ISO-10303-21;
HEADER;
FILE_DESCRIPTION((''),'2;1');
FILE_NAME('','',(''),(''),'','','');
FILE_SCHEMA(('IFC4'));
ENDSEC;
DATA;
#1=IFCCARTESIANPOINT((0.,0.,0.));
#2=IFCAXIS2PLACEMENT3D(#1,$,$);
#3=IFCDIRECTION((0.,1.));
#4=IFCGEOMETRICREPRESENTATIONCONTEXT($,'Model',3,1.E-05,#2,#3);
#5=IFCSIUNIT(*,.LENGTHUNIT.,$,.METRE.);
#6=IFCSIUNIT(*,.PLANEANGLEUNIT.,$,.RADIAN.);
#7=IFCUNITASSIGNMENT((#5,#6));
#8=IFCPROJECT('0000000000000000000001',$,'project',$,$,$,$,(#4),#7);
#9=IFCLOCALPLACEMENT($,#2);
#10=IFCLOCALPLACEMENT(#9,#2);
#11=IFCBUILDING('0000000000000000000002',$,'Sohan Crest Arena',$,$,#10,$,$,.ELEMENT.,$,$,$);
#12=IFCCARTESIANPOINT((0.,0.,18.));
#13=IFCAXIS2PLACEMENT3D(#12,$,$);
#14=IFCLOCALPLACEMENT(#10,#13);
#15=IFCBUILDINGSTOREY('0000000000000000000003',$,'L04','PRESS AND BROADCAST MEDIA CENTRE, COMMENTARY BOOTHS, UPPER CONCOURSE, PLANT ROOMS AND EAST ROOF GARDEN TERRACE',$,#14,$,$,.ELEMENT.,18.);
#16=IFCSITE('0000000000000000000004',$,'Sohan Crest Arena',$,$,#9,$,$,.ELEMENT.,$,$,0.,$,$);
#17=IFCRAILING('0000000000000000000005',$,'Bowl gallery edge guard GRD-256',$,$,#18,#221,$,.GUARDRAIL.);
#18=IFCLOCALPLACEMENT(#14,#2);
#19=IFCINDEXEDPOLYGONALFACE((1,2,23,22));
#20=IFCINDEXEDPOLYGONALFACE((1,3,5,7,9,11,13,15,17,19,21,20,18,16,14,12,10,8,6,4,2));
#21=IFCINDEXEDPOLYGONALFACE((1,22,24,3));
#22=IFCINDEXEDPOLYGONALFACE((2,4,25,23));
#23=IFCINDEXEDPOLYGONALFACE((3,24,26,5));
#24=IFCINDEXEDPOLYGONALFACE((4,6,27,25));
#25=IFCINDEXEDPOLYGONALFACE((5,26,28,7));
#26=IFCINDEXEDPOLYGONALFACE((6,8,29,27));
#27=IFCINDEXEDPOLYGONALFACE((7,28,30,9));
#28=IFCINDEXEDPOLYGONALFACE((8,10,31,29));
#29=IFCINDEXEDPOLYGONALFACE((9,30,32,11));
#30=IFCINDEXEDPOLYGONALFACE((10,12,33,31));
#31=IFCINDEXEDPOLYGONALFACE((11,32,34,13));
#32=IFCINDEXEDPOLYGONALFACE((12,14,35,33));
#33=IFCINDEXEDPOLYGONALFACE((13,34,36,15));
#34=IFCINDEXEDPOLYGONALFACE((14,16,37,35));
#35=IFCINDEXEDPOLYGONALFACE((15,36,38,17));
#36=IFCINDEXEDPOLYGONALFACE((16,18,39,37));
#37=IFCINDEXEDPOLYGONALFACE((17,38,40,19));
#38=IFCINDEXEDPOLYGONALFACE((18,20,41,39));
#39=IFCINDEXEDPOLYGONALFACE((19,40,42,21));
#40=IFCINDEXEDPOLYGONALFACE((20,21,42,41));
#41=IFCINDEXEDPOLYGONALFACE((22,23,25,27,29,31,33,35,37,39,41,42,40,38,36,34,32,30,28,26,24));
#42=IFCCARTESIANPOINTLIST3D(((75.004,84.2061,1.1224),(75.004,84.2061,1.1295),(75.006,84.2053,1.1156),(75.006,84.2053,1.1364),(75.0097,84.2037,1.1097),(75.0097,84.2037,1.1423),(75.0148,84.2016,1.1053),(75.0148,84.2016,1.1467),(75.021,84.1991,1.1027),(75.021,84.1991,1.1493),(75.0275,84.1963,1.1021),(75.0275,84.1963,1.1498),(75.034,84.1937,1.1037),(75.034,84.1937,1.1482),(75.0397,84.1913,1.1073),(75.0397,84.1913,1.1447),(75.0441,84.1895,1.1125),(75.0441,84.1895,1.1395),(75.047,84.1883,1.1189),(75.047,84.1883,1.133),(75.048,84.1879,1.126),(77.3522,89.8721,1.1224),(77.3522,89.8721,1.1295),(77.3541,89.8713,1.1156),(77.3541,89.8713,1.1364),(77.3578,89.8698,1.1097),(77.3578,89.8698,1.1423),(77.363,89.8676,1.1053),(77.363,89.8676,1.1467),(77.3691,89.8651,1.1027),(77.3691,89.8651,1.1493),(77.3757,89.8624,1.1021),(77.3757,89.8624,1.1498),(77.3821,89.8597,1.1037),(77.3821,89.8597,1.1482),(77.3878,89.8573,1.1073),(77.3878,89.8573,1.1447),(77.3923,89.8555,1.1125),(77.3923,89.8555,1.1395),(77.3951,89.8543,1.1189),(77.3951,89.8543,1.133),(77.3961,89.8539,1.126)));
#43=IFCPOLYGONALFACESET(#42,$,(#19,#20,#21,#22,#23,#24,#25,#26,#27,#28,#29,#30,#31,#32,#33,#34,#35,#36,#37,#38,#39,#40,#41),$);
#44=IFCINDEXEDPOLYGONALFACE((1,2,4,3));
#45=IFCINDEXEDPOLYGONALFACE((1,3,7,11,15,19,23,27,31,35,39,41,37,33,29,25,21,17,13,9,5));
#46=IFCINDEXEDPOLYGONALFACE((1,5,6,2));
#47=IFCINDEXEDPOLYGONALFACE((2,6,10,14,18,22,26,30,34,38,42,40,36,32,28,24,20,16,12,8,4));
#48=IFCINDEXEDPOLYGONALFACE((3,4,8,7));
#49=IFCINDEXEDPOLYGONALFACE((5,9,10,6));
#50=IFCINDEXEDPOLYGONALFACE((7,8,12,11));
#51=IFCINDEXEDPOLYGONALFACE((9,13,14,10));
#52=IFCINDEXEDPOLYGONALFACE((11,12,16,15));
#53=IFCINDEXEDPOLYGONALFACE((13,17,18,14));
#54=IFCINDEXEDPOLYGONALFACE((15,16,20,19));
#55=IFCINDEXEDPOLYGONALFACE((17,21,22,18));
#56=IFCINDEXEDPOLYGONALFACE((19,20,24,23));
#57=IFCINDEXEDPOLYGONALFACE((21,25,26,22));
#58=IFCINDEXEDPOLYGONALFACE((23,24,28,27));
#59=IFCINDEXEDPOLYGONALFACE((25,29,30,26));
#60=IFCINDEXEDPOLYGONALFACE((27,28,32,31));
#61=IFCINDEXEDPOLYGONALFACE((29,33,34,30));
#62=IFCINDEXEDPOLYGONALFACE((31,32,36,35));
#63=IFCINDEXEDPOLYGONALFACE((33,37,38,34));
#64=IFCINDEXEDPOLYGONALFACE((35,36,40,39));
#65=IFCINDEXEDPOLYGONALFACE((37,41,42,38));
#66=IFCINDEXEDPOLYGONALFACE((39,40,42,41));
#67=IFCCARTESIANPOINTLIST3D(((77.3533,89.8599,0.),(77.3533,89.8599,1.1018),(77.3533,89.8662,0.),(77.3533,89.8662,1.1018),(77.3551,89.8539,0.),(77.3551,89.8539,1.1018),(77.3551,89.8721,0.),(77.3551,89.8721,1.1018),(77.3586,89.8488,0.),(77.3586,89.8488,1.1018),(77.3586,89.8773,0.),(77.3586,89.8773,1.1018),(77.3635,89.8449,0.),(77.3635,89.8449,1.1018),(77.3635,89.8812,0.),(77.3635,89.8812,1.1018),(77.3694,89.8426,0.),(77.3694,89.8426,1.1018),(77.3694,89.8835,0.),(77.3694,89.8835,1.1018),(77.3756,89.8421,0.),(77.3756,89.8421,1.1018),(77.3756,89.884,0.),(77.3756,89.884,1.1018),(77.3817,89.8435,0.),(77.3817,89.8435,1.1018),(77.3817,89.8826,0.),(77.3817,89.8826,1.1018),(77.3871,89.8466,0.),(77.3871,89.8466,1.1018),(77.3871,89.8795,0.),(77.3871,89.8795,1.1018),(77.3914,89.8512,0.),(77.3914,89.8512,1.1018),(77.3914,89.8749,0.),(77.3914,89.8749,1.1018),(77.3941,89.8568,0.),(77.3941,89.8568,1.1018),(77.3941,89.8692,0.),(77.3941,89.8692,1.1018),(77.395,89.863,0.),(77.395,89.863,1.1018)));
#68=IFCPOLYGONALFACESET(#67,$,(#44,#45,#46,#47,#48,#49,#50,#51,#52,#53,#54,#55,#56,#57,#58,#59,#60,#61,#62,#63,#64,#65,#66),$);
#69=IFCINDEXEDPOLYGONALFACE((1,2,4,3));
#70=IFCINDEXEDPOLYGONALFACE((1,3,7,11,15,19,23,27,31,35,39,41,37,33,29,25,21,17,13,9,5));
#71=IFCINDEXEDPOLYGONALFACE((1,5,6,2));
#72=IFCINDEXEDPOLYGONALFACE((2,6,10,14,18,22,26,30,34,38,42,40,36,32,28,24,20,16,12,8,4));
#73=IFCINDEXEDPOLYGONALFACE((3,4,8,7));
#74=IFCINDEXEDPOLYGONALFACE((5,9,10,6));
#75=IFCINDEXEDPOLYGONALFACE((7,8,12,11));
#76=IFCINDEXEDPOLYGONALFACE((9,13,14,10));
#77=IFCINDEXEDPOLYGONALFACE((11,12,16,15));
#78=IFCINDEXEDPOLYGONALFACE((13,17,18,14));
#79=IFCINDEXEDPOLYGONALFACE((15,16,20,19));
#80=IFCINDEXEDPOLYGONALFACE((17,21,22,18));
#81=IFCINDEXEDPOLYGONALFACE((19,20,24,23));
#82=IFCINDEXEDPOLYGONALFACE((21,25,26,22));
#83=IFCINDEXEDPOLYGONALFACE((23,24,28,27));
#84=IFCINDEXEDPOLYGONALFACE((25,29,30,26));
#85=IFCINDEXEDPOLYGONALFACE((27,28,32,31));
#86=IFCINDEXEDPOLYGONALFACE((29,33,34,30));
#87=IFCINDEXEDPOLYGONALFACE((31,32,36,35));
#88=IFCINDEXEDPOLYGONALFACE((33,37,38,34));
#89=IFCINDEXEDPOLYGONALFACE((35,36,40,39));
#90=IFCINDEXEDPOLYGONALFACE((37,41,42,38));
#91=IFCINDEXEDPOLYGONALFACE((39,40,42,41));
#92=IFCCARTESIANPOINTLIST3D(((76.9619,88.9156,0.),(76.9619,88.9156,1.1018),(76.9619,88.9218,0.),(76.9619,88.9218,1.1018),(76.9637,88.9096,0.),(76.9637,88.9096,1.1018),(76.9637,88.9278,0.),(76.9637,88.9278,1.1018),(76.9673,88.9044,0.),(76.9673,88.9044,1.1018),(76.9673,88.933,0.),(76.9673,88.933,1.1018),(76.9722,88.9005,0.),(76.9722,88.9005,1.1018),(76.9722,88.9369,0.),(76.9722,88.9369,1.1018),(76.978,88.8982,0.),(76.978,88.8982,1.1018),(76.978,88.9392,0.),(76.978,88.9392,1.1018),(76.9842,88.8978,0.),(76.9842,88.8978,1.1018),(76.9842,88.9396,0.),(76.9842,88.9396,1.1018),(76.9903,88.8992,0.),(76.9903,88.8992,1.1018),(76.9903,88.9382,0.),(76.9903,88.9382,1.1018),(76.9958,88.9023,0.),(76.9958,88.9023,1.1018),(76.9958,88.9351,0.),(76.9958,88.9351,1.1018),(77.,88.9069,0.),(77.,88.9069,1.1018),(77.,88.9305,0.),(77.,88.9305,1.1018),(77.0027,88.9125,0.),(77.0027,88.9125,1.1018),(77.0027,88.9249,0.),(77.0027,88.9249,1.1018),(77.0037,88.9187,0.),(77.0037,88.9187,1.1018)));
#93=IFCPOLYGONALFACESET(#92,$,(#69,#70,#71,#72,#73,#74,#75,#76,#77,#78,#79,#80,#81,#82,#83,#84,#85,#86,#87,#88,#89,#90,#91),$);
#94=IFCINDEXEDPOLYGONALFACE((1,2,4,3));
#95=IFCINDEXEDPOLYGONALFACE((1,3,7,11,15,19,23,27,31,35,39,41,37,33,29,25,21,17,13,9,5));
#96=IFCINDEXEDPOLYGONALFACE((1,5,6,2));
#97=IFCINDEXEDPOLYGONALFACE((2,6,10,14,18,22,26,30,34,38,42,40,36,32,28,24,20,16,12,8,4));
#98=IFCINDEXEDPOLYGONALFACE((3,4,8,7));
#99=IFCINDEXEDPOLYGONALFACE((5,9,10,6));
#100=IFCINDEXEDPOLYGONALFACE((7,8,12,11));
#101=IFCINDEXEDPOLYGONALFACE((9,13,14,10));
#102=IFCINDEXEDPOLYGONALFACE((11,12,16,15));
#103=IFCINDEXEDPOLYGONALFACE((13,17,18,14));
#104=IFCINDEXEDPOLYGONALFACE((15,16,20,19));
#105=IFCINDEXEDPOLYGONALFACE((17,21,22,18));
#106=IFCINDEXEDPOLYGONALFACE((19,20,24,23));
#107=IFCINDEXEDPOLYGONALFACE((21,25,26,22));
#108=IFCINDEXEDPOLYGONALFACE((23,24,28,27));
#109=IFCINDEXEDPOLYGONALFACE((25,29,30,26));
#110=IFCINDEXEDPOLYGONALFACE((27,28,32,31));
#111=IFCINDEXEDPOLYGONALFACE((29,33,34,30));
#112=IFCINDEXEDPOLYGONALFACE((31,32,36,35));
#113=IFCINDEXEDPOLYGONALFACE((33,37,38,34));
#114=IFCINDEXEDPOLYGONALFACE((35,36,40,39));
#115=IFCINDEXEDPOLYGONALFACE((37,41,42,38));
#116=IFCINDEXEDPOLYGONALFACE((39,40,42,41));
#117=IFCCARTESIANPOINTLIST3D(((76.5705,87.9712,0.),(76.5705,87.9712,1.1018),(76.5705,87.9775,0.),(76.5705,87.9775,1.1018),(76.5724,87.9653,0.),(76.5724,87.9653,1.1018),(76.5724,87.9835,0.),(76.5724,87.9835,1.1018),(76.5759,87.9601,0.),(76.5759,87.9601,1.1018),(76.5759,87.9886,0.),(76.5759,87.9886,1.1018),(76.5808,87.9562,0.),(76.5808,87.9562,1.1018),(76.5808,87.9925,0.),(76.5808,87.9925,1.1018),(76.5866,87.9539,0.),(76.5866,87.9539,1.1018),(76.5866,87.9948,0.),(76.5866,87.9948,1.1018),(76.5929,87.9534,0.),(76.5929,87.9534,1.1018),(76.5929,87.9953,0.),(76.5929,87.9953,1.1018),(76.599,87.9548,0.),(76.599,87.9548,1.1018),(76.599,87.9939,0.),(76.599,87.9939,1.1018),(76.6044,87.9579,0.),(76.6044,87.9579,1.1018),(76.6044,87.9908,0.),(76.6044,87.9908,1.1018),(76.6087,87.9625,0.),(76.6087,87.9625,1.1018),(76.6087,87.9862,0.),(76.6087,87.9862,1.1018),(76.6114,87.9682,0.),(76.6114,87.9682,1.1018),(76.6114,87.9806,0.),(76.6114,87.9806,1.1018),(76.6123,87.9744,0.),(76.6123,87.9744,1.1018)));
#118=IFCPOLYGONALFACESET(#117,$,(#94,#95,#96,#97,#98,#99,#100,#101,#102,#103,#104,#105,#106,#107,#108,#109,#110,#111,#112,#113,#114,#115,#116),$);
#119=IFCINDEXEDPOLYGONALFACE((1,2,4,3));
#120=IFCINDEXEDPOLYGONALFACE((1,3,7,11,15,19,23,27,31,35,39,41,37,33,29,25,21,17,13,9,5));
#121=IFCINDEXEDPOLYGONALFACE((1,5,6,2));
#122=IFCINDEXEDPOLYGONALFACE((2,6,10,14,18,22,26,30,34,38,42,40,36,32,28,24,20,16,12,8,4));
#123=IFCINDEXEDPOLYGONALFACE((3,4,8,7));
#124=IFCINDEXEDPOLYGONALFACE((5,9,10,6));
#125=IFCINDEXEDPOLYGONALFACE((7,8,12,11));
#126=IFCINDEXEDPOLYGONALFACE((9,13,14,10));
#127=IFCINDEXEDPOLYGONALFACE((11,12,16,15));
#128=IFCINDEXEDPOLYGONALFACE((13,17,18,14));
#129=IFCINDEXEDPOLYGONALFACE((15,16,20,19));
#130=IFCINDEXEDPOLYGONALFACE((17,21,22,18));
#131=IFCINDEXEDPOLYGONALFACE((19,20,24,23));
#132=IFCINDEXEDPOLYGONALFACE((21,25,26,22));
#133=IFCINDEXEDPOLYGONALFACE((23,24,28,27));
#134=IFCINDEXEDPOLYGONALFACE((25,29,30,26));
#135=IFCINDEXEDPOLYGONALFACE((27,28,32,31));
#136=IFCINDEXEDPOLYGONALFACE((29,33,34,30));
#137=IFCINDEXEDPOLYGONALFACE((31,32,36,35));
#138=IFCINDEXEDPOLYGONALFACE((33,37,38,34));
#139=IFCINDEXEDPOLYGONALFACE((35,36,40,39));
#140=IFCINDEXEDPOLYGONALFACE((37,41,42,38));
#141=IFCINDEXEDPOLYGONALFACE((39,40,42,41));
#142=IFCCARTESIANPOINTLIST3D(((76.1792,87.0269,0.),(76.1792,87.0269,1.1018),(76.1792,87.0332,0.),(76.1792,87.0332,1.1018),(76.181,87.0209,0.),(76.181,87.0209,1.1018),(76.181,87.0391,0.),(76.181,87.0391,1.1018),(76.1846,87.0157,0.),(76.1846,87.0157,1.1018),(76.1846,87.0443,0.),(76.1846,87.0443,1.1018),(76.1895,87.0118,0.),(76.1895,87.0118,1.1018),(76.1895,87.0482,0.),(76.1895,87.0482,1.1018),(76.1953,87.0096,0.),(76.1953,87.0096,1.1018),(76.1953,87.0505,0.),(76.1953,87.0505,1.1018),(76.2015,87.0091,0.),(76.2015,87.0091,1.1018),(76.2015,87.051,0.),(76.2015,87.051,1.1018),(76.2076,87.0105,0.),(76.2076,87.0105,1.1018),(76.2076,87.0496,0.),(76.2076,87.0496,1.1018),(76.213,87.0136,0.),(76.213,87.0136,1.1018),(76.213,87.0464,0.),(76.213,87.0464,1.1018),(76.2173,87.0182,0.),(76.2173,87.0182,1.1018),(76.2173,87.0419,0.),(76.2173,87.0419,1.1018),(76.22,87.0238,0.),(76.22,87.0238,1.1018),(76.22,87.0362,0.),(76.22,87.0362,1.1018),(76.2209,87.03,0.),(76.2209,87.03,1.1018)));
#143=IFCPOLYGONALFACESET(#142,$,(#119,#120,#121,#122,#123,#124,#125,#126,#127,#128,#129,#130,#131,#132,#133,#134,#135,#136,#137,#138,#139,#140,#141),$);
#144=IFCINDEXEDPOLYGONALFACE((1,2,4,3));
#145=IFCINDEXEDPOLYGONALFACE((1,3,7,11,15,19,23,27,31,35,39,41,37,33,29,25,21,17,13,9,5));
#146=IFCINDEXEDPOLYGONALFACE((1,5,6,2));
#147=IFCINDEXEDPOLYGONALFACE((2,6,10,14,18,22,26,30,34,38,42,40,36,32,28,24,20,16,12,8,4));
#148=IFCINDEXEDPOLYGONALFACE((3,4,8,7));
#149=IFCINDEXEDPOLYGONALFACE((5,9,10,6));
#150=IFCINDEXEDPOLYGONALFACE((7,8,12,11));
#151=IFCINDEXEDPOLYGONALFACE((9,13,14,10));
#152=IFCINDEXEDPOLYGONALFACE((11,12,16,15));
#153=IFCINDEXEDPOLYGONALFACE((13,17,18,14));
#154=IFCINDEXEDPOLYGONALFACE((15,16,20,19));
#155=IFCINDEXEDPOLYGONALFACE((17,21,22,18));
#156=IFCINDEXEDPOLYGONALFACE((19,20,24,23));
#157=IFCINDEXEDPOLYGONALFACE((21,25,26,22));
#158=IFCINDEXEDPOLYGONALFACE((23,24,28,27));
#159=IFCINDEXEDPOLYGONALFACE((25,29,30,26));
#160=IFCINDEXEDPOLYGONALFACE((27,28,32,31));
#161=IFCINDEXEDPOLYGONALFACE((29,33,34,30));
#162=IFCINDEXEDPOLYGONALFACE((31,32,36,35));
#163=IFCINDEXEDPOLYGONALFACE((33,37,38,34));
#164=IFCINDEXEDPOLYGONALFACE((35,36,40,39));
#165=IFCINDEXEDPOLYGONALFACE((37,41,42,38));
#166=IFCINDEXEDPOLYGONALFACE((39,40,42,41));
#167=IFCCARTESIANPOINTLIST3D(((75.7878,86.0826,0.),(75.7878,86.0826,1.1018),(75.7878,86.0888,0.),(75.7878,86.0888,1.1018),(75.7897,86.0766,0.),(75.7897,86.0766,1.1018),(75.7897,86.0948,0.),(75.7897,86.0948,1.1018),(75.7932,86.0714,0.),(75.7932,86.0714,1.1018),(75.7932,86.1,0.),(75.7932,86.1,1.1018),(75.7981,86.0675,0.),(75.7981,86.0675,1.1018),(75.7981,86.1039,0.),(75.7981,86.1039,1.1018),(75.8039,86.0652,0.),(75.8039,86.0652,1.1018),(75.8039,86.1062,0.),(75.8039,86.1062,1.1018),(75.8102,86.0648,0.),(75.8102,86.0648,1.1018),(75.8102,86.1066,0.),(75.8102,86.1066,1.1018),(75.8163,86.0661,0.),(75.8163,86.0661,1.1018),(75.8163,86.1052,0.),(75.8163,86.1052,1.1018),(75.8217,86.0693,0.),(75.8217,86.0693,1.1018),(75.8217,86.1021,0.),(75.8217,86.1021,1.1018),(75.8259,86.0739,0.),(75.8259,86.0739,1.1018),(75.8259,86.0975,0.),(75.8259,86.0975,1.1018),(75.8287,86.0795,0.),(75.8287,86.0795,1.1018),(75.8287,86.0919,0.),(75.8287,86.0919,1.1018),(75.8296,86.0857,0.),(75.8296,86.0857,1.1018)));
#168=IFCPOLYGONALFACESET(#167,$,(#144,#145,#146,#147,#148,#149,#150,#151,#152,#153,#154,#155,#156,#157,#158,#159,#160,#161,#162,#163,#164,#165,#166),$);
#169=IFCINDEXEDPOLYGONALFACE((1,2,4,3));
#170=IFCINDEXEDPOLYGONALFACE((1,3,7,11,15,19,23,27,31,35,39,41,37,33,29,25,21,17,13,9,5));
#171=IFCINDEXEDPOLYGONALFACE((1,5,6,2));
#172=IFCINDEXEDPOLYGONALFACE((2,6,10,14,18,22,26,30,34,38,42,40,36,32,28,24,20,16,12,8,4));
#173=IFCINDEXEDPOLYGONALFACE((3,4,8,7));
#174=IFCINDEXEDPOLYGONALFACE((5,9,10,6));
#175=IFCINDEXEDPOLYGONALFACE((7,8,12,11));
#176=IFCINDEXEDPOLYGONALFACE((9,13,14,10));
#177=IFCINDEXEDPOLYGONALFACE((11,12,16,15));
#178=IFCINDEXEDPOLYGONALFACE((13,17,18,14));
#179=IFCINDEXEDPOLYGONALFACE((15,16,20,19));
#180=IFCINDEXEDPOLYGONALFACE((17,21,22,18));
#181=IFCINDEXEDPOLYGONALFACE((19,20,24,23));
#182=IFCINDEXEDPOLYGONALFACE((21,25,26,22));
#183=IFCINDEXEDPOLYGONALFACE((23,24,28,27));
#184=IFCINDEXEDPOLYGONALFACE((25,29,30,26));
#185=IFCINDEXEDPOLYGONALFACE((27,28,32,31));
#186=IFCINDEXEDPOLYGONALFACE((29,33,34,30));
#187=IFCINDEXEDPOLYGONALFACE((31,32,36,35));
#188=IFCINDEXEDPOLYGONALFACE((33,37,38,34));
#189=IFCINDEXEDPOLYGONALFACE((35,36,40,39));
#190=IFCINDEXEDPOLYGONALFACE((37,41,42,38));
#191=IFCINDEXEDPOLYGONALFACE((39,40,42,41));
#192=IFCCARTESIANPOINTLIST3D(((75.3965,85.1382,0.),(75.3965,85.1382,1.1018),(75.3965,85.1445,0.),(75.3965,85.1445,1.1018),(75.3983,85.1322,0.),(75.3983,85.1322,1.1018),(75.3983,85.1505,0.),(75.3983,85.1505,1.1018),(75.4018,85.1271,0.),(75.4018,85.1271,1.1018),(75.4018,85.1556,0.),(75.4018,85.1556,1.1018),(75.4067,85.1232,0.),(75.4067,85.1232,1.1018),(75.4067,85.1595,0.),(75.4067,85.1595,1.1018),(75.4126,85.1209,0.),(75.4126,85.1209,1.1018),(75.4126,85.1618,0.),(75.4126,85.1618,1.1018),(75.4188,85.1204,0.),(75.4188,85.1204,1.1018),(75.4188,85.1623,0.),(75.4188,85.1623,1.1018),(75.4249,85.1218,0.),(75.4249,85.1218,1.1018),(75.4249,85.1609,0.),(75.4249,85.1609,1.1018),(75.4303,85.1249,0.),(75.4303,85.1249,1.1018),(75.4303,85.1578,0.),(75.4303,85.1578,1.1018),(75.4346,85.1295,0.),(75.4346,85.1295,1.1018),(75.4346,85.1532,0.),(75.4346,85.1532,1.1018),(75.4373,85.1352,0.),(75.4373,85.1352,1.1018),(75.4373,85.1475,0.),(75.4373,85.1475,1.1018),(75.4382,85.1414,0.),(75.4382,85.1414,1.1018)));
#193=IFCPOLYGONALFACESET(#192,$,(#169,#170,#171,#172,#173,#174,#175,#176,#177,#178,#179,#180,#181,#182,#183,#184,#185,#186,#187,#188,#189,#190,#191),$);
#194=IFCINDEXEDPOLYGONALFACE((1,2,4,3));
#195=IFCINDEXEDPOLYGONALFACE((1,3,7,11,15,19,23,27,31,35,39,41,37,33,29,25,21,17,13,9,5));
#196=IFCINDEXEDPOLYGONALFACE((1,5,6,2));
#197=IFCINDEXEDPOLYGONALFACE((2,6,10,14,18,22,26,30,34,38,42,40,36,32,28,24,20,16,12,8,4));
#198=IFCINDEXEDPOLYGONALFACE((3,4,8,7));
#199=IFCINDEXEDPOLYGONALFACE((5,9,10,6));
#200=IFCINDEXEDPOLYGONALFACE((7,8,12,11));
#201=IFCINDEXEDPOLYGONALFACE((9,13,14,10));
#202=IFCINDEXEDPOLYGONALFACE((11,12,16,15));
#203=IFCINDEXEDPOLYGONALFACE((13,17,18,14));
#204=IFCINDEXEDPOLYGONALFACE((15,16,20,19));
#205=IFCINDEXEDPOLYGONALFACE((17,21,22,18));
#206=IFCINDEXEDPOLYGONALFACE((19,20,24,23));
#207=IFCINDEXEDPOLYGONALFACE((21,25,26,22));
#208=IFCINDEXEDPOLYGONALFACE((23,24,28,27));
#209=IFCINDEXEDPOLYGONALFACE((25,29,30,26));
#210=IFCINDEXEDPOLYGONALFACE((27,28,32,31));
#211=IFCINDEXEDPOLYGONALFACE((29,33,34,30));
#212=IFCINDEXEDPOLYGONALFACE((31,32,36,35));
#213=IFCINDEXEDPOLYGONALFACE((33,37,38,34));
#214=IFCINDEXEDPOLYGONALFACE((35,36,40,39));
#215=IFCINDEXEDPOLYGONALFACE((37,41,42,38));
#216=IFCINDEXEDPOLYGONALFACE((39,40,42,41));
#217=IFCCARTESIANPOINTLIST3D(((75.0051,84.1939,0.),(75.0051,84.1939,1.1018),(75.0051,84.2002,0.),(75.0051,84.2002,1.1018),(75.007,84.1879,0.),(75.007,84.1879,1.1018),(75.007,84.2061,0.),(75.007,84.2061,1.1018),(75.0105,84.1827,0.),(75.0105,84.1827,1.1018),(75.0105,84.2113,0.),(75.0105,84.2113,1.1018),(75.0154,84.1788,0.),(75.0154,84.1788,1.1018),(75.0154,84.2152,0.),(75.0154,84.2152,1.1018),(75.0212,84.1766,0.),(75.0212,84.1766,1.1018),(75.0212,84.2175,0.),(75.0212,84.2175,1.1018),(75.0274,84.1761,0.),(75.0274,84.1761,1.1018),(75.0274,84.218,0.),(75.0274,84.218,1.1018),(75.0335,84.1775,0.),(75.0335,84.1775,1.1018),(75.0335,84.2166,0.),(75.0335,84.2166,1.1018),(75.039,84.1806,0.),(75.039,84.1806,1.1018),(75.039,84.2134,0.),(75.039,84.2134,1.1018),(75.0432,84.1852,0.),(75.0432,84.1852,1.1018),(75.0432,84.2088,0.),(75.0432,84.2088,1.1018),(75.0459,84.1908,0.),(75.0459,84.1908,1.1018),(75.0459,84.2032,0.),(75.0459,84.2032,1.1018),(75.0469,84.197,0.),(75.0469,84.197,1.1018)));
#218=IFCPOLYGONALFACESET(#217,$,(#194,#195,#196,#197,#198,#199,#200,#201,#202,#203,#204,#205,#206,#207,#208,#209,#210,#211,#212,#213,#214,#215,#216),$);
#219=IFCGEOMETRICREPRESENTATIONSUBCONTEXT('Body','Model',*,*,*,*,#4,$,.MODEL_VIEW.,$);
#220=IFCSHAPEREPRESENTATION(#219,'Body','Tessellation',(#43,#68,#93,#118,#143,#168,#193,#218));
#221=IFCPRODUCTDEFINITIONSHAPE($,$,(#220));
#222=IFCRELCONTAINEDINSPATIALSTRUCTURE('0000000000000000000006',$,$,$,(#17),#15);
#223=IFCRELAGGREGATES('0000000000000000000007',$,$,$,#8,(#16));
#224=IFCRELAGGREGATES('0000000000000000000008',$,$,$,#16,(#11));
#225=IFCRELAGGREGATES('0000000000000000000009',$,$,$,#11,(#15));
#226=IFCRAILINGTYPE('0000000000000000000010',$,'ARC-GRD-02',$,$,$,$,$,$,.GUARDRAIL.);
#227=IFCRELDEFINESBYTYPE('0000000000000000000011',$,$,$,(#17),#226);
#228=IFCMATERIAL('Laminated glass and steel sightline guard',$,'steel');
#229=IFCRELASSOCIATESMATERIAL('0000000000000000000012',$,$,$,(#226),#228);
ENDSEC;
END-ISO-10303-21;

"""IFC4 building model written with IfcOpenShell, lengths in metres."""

from ifc_helpers import new_model, si_unit, direction, frame, origin, origin_2d, place, context, subcontext, project, spatial, circle, extrude, material, type_object, element, save


model = new_model("IFC4")

# Units and contexts
model_context = context("Model", 3, precision=1e-05, world=origin(), true_north=direction((0.0, 1.0)))
body_context = subcontext(model_context, "Body", "Model", "MODEL_VIEW")
ifc_project = project(units=[si_unit("LENGTHUNIT", "METRE"), si_unit("PLANEANGLEUNIT", "RADIAN")], contexts=[model_context])

# Site, building, storey
site_placement = place(None, origin())
site = spatial("IfcSite", under=ifc_project, at=site_placement, Name="Sohan Crest Arena", CompositionType="ELEMENT", RefElevation=0.0)
building_placement = place(site_placement, origin())
building = spatial("IfcBuilding", under=site, at=building_placement, Name="Sohan Crest Arena", CompositionType="ELEMENT")
storey_placement = place(building_placement, frame((0.0, 0.0, 18.0)))
storey = spatial("IfcBuildingStorey", under=building, at=storey_placement, Name="L04", Description="PRESS AND BROADCAST MEDIA CENTRE, COMMENTARY BOOTHS, UPPER CONCOURSE, PLANT ROOMS AND EAST ROOF GARDEN TERRACE", CompositionType="ELEMENT", Elevation=18.0)

# Railing
ifc_material_1 = material(Name="Laminated glass and steel sightline guard", Category="steel")
railing_type = type_object("IfcRailingType", Name="ARC-GRD-02", PredefinedType="GUARDRAIL", material=ifc_material_1)
railing_1_placement = place(storey_placement, frame((77.374, 89.863, 0.0)))
element("IfcRailing", 1, at=railing_1_placement, inside=storey, type_object=railing_type, Name="Bowl gallery edge guard GRD-256", PredefinedType="GUARDRAIL", context=body_context, shape_type="SweptSolid", body=[
    extrude(circle(Radius=0.0239, at=origin_2d()), frame((0.0, 0.0, 1.126), z_axis=(-0.382851, -0.92381, 0.0), x_axis=(0.92381, -0.382851, 0.0)), (0.0, 0.0, 1.0), 6.1333),
    extrude(circle(Radius=0.021, at=origin_2d()), origin(), (0.0, 0.0, 1.0), 1.1018),
    extrude(circle(Radius=0.021, at=origin_2d()), frame((-0.3914, -0.9443, 0.0)), (0.0, 0.0, 1.0), 1.1018),
    extrude(circle(Radius=0.021, at=origin_2d()), frame((-0.7827, -1.8887, 0.0)), (0.0, 0.0, 1.0), 1.1018),
    extrude(circle(Radius=0.021, at=origin_2d()), frame((-1.1741, -2.833, 0.0)), (0.0, 0.0, 1.0), 1.1018),
    extrude(circle(Radius=0.021, at=origin_2d()), frame((-1.5654, -3.7773, 0.0)), (0.0, 0.0, 1.0), 1.1018),
    extrude(circle(Radius=0.021, at=origin_2d()), frame((-1.9568, -4.7217, 0.0)), (0.0, 0.0, 1.0), 1.1018),
    extrude(circle(Radius=0.021, at=origin_2d()), frame((-2.3481, -5.666, 0.0)), (0.0, 0.0, 1.0), 1.1018),
])

save(model, "model.ifc")
